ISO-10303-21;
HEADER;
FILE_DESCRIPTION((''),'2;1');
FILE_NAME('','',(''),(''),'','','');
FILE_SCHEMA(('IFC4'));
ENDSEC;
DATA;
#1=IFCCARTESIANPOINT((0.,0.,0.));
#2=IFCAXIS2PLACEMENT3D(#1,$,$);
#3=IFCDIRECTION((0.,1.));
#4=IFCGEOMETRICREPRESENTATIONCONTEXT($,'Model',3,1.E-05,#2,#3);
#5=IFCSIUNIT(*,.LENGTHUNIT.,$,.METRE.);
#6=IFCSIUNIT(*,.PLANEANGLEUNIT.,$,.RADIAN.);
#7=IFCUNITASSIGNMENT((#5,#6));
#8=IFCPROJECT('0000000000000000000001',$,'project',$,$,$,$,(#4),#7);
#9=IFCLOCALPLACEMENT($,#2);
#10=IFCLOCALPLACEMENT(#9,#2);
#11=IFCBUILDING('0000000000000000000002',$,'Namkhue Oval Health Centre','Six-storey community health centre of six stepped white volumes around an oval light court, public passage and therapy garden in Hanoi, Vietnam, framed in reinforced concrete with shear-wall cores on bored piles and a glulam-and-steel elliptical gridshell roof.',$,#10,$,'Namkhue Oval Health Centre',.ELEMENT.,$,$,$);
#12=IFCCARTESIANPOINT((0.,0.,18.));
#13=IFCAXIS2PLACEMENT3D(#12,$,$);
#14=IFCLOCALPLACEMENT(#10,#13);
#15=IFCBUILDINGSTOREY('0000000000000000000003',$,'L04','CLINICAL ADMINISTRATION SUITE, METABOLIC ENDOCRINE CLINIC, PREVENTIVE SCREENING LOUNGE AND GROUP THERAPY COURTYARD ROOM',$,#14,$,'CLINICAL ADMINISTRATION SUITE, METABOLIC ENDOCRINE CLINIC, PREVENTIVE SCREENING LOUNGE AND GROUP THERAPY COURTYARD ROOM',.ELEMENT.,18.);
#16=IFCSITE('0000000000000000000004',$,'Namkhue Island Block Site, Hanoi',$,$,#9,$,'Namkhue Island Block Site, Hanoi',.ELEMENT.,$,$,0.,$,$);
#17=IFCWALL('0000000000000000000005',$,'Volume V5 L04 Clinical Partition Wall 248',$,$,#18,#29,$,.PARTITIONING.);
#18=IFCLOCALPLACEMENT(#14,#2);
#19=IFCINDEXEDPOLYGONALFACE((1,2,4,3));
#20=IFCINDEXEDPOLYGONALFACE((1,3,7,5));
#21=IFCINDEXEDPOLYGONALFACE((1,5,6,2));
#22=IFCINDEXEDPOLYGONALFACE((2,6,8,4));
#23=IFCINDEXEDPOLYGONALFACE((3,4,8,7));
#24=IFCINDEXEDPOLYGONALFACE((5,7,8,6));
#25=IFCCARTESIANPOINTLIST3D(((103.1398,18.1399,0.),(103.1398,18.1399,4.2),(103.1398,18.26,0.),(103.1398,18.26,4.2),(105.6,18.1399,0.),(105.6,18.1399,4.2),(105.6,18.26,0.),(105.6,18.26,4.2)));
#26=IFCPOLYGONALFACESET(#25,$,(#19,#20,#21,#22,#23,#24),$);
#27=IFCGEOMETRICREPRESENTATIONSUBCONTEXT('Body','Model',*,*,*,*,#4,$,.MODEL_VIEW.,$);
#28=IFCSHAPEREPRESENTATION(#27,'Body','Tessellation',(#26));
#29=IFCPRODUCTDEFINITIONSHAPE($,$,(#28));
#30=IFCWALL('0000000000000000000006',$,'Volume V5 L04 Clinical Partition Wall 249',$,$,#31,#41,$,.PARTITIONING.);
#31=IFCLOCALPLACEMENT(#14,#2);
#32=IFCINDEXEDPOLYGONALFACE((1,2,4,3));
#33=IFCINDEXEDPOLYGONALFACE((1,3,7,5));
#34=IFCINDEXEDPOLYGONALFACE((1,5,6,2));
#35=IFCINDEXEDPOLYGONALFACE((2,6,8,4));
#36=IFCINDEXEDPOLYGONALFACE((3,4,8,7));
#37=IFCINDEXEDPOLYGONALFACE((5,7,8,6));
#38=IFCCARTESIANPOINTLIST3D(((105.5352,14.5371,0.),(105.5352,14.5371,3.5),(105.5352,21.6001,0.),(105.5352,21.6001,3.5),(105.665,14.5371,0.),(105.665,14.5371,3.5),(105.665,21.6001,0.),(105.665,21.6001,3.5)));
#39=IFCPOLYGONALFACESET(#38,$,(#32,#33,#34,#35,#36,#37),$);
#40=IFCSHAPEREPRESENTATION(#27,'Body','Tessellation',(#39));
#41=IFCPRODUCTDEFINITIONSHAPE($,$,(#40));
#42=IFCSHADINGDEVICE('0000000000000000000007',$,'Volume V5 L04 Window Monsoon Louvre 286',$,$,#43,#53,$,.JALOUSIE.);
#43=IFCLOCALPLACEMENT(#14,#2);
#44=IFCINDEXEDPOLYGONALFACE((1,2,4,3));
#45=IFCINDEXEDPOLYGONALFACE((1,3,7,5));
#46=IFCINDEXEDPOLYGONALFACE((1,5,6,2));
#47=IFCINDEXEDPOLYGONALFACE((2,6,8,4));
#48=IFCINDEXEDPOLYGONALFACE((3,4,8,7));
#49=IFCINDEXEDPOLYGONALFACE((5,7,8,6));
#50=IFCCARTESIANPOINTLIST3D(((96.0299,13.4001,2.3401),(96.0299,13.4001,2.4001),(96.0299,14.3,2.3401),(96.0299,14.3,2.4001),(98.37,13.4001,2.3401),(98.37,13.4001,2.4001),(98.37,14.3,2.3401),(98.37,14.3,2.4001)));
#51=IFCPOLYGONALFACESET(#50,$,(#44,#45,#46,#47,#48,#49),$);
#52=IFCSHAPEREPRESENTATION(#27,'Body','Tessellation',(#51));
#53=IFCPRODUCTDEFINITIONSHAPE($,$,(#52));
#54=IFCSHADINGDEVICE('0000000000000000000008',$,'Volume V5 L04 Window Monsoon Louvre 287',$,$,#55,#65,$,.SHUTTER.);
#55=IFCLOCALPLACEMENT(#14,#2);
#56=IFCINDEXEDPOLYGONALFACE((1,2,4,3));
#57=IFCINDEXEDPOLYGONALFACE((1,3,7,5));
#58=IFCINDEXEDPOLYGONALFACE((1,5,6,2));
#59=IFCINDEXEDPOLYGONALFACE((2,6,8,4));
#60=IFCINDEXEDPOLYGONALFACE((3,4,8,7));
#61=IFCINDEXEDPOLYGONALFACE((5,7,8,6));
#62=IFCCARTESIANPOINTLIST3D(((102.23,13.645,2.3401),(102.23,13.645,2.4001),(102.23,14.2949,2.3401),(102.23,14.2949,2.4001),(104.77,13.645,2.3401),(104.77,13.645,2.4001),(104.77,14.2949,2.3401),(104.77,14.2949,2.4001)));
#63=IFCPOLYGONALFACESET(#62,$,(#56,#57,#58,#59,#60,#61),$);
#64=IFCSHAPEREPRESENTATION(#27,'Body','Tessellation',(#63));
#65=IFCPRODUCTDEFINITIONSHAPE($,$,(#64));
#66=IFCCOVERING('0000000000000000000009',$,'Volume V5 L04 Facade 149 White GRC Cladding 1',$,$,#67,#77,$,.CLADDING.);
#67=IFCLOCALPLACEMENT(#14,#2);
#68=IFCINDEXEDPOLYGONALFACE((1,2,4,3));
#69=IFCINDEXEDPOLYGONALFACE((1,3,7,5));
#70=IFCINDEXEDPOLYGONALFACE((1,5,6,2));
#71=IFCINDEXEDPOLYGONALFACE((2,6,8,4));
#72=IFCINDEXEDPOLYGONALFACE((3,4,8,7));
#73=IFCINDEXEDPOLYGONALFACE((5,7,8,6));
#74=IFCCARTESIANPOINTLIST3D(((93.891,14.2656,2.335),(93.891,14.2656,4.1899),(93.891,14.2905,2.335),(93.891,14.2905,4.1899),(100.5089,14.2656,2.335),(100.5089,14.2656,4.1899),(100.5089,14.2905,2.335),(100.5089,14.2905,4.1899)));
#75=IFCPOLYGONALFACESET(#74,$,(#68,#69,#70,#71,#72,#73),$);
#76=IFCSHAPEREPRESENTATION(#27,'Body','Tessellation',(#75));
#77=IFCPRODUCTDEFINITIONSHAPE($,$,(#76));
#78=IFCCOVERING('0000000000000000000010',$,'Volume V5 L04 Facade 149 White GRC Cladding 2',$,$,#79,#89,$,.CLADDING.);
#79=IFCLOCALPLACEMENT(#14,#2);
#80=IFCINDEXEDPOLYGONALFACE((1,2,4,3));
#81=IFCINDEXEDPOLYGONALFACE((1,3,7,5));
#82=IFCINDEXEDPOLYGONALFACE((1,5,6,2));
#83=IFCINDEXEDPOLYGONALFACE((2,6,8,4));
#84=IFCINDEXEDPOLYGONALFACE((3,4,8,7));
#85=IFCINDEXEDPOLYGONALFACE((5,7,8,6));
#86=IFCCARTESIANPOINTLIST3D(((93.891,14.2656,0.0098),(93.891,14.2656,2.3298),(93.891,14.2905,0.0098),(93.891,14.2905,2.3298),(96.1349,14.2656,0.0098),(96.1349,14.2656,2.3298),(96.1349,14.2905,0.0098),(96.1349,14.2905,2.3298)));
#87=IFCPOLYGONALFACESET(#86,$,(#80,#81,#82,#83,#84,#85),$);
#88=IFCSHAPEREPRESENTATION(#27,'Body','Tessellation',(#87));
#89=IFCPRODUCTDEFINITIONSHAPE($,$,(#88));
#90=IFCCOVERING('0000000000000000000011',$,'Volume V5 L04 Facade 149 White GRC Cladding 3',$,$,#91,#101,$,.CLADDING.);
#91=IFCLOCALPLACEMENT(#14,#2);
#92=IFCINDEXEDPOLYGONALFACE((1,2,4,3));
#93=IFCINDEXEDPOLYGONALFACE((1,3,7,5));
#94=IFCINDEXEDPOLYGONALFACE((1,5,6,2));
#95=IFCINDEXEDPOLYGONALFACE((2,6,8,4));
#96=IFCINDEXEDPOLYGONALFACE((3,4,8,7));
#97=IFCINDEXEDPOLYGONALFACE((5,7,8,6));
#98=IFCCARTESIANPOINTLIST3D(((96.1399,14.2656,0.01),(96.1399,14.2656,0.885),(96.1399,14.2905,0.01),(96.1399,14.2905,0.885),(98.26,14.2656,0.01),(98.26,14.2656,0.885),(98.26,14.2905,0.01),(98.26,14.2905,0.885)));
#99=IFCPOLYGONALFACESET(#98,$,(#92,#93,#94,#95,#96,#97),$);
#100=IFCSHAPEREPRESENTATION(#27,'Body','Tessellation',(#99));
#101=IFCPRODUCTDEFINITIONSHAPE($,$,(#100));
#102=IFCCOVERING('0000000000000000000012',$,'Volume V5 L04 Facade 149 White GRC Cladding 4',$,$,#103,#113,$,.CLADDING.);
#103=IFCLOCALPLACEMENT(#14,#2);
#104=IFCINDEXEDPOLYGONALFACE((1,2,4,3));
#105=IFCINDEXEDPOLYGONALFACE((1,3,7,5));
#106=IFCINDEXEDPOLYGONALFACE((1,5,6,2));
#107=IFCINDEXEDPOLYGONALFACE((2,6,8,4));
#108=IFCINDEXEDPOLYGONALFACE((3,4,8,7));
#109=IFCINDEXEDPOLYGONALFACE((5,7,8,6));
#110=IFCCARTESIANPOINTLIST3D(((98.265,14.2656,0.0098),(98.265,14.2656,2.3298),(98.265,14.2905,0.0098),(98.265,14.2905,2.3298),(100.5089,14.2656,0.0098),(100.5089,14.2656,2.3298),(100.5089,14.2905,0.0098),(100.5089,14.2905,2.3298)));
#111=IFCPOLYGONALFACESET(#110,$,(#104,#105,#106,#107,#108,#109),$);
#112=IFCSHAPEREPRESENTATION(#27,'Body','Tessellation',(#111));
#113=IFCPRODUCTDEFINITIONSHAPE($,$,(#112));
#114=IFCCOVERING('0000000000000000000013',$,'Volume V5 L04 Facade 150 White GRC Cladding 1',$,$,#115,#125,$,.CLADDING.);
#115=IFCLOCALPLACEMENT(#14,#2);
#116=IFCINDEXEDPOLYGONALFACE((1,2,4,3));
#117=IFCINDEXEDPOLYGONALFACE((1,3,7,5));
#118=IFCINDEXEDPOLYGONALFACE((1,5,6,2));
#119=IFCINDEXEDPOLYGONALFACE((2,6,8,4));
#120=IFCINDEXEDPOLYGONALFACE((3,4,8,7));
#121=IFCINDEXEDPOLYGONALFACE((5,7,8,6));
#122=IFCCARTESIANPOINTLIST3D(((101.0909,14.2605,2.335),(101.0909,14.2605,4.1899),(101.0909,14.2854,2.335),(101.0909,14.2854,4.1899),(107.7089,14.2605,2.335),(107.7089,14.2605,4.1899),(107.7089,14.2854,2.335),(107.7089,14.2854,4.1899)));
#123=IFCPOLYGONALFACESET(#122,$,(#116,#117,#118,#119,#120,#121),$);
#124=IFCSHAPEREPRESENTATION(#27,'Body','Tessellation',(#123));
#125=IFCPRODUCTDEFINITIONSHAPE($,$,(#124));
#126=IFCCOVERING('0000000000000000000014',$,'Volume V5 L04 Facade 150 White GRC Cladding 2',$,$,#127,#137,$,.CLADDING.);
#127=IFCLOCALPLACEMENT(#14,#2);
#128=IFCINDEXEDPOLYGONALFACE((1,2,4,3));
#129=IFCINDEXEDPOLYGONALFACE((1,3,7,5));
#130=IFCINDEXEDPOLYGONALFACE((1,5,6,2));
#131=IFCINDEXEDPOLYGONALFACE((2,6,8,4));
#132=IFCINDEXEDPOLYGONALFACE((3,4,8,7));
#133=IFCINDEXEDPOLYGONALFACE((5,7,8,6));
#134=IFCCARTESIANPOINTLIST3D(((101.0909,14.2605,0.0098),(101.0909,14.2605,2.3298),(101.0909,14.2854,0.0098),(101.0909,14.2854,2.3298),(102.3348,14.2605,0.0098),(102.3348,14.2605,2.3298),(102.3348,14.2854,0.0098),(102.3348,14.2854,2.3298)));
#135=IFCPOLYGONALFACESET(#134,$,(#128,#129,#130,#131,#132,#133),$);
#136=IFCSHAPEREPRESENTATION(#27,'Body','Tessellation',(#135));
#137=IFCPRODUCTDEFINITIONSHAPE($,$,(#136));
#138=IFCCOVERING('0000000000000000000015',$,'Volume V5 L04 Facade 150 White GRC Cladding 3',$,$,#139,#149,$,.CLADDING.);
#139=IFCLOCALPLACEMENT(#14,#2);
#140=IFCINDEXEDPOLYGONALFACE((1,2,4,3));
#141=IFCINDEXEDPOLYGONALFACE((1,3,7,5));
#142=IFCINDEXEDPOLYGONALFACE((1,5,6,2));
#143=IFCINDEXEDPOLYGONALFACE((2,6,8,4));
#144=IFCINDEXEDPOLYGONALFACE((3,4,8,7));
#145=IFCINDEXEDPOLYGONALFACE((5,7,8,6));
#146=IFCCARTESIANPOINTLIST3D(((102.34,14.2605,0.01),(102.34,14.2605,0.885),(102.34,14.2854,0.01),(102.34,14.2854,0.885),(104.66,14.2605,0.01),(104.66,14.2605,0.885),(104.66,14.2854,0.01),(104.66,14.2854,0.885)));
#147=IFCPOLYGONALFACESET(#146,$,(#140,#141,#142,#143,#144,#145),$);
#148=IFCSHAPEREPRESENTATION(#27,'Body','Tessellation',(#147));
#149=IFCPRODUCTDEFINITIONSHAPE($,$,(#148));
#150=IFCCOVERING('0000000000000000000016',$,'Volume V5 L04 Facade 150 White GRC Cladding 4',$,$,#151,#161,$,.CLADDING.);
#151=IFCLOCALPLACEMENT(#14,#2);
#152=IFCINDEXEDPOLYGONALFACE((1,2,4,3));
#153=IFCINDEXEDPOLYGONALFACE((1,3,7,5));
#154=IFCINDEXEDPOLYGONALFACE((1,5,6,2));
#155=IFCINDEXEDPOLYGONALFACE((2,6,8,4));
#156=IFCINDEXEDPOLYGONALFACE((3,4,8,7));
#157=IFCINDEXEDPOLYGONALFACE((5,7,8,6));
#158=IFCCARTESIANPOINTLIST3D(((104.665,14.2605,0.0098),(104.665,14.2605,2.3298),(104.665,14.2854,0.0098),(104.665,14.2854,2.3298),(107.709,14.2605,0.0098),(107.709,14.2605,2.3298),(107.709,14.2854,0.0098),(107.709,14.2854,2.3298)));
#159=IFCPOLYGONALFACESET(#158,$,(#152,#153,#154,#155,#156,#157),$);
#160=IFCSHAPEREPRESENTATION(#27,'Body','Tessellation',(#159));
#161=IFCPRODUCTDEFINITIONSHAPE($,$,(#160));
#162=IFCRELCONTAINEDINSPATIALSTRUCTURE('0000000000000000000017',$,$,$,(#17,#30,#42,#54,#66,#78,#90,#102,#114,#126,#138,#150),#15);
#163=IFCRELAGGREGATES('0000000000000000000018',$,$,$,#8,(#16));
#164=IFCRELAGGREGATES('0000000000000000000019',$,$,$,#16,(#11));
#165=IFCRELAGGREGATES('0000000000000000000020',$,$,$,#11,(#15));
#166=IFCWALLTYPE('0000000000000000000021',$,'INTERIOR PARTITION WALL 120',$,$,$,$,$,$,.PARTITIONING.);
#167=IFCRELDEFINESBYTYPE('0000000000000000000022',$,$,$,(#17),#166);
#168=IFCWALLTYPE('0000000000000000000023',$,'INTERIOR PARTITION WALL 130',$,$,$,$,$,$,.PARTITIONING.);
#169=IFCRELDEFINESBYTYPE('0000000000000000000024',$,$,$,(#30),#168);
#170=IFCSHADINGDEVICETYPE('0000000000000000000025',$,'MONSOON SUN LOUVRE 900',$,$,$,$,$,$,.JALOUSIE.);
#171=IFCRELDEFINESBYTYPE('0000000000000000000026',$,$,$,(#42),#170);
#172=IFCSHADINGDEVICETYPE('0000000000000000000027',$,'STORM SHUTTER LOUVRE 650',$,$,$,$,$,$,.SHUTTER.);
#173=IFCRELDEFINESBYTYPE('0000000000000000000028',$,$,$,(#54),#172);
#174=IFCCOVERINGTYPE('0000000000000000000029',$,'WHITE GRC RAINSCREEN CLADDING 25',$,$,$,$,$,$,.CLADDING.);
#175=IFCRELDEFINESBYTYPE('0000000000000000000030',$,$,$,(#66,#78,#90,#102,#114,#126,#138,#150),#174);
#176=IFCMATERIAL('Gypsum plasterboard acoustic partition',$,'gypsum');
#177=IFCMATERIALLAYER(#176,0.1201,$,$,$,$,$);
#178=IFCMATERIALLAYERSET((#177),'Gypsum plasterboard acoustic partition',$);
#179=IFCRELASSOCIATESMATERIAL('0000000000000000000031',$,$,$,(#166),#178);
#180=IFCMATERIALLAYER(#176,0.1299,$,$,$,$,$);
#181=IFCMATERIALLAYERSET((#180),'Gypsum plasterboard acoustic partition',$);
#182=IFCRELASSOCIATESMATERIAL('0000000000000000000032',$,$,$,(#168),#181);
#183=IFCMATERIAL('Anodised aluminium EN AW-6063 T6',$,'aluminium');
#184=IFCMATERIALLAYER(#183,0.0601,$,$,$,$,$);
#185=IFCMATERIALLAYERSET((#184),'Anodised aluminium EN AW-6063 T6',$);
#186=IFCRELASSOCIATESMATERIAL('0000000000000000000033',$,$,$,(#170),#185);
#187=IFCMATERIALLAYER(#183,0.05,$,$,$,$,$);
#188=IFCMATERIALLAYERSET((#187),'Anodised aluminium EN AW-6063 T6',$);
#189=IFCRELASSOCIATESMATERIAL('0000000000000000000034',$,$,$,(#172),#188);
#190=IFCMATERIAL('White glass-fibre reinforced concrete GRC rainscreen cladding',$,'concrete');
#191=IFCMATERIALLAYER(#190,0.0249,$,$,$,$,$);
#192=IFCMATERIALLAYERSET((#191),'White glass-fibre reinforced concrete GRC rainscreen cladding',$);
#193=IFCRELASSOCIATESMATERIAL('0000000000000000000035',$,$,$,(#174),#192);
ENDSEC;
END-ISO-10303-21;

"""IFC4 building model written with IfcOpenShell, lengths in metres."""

from ifc_helpers import new_model, si_unit, direction, frame, frame_2d, origin, origin_2d, place, context, subcontext, project, spatial, rectangle, extrude, material, layer, layer_set, type_object, element, save


model = new_model("IFC4")

# Units and contexts
model_context = context("Model", 3, precision=1e-05, world=origin(), true_north=direction((0.0, 1.0)))
body_context = subcontext(model_context, "Body", "Model", "MODEL_VIEW")
ifc_project = project(units=[si_unit("LENGTHUNIT", "METRE"), si_unit("PLANEANGLEUNIT", "RADIAN")], contexts=[model_context])

# Site, building, storey
site_placement = place(None, origin())
site = spatial("IfcSite", under=ifc_project, at=site_placement, Name="Namkhue Island Block Site, Hanoi", LongName="Namkhue Island Block Site, Hanoi", CompositionType="ELEMENT", RefElevation=0.0)
building_placement = place(site_placement, origin())
building = spatial("IfcBuilding", under=site, at=building_placement, Name="Namkhue Oval Health Centre", Description="Six-storey community health centre of six stepped white volumes around an oval light court, public passage and therapy garden in Hanoi, Vietnam, framed in reinforced concrete with shear-wall cores on bored piles and a glulam-and-steel elliptical gridshell roof.", LongName="Namkhue Oval Health Centre", CompositionType="ELEMENT")
storey_placement = place(building_placement, frame((0.0, 0.0, 18.0)))
storey = spatial("IfcBuildingStorey", under=building, at=storey_placement, Name="L04", Description="CLINICAL ADMINISTRATION SUITE, METABOLIC ENDOCRINE CLINIC, PREVENTIVE SCREENING LOUNGE AND GROUP THERAPY COURTYARD ROOM", LongName="CLINICAL ADMINISTRATION SUITE, METABOLIC ENDOCRINE CLINIC, PREVENTIVE SCREENING LOUNGE AND GROUP THERAPY COURTYARD ROOM", CompositionType="ELEMENT", Elevation=18.0)

# Walls
ifc_material_1 = material(Name="Gypsum plasterboard acoustic partition", Category="gypsum")
ifc_layer_1 = layer(ifc_material_1, 0.1201)
ifc_layer_set_1 = layer_set([ifc_layer_1], Name="Gypsum plasterboard acoustic partition")
wall_type_1 = type_object("IfcWallType", Name="INTERIOR PARTITION WALL 120", PredefinedType="PARTITIONING", material=ifc_layer_set_1)
wall_1_placement = place(storey_placement, frame((103.1399, 18.2, 0.0), z_axis=(0.0, 0.0, 1.0), x_axis=(1.0, 0.0, 0.0)))
element("IfcWall", 1, at=wall_1_placement, inside=storey, type_object=wall_type_1, Name="Volume V5 L04 Clinical Partition Wall 248", PredefinedType="PARTITIONING", context=body_context, shape_type="SweptSolid", body=[
    extrude(rectangle(XDim=2.4602, YDim=0.1201, at=frame_2d((1.23, 0.0))), origin(), (0.0, 0.0, 1.0), 4.2),
])
ifc_layer_2 = layer(ifc_material_1, 0.1299)
ifc_layer_set_2 = layer_set([ifc_layer_2], Name="Gypsum plasterboard acoustic partition")
wall_type_2 = type_object("IfcWallType", Name="INTERIOR PARTITION WALL 130", PredefinedType="PARTITIONING", material=ifc_layer_set_2)
wall_2_placement = place(storey_placement, frame((105.6001, 14.5371, 0.0), z_axis=(0.0, 0.0, 1.0), x_axis=(0.0, 1.0, 0.0)))
element("IfcWall", 2, at=wall_2_placement, inside=storey, type_object=wall_type_2, Name="Volume V5 L04 Clinical Partition Wall 249", PredefinedType="PARTITIONING", context=body_context, shape_type="SweptSolid", body=[
    extrude(rectangle(XDim=7.063, YDim=0.1299, at=frame_2d((3.5315, 0.0))), origin(), (0.0, 0.0, 1.0), 3.5),
])

# Shading devices
ifc_material_2 = material(Name="Anodised aluminium EN AW-6063 T6", Category="aluminium")
ifc_layer_3 = layer(ifc_material_2, 0.0601)
ifc_layer_set_3 = layer_set([ifc_layer_3], Name="Anodised aluminium EN AW-6063 T6")
shading_device_type_1 = type_object("IfcShadingDeviceType", Name="MONSOON SUN LOUVRE 900", PredefinedType="JALOUSIE", material=ifc_layer_set_3)
shading_device_1_placement = place(storey_placement, frame((97.2, 13.8501, 2.3401), z_axis=(0.0, 0.0, 1.0), x_axis=(1.0, 0.0, 0.0)))
element("IfcShadingDevice", 3, at=shading_device_1_placement, inside=storey, type_object=shading_device_type_1, Name="Volume V5 L04 Window Monsoon Louvre 286", PredefinedType="JALOUSIE", context=body_context, shape_type="SweptSolid", body=[
    extrude(rectangle(XDim=2.3401, YDim=0.8999, at=origin_2d()), origin(), (0.0, 0.0, 1.0), 0.0601),
])
ifc_layer_4 = layer(ifc_material_2, 0.05)
ifc_layer_set_4 = layer_set([ifc_layer_4], Name="Anodised aluminium EN AW-6063 T6")
shading_device_type_2 = type_object("IfcShadingDeviceType", Name="STORM SHUTTER LOUVRE 650", PredefinedType="SHUTTER", material=ifc_layer_set_4)
shading_device_2_placement = place(storey_placement, frame((103.5, 13.97, 2.3401), z_axis=(0.0, 0.0, 1.0), x_axis=(1.0, 0.0, 0.0)))
element("IfcShadingDevice", 4, at=shading_device_2_placement, inside=storey, type_object=shading_device_type_2, Name="Volume V5 L04 Window Monsoon Louvre 287", PredefinedType="SHUTTER", context=body_context, shape_type="SweptSolid", body=[
    extrude(rectangle(XDim=2.54, YDim=0.6499, at=origin_2d()), origin(), (0.0, 0.0, 1.0), 0.0601),
])

# Coverings
ifc_material_3 = material(Name="White glass-fibre reinforced concrete GRC rainscreen cladding", Category="concrete")
ifc_layer_5 = layer(ifc_material_3, 0.0249)
ifc_layer_set_5 = layer_set([ifc_layer_5], Name="White glass-fibre reinforced concrete GRC rainscreen cladding")
covering_type = type_object("IfcCoveringType", Name="WHITE GRC RAINSCREEN CLADDING 25", PredefinedType="CLADDING", material=ifc_layer_set_5)
covering_1_placement = place(storey_placement, frame((97.2, 14.2781, 2.335), z_axis=(0.0, 0.0, 1.0), x_axis=(1.0, 0.0, 0.0)))
element("IfcCovering", 5, at=covering_1_placement, inside=storey, type_object=covering_type, Name="Volume V5 L04 Facade 149 White GRC Cladding 1", PredefinedType="CLADDING", context=body_context, shape_type="SweptSolid", body=[
    extrude(rectangle(XDim=6.6179, YDim=0.0249, at=origin_2d()), origin(), (0.0, 0.0, 1.0), 1.855),
])
covering_2_placement = place(storey_placement, frame((95.0129, 14.2781, 0.0098), z_axis=(0.0, 0.0, 1.0), x_axis=(1.0, 0.0, 0.0)))
element("IfcCovering", 6, at=covering_2_placement, inside=storey, type_object=covering_type, Name="Volume V5 L04 Facade 149 White GRC Cladding 2", PredefinedType="CLADDING", context=body_context, shape_type="SweptSolid", body=[
    extrude(rectangle(XDim=2.2439, YDim=0.0249, at=origin_2d()), origin(), (0.0, 0.0, 1.0), 2.3201),
])
covering_3_placement = place(storey_placement, frame((97.2, 14.2781, 0.01), z_axis=(0.0, 0.0, 1.0), x_axis=(1.0, 0.0, 0.0)))
element("IfcCovering", 7, at=covering_3_placement, inside=storey, type_object=covering_type, Name="Volume V5 L04 Facade 149 White GRC Cladding 3", PredefinedType="CLADDING", context=body_context, shape_type="SweptSolid", body=[
    extrude(rectangle(XDim=2.1201, YDim=0.0249, at=origin_2d()), origin(), (0.0, 0.0, 1.0), 0.875),
])
covering_4_placement = place(storey_placement, frame((99.387, 14.2781, 0.0098), z_axis=(0.0, 0.0, 1.0), x_axis=(1.0, 0.0, 0.0)))
element("IfcCovering", 8, at=covering_4_placement, inside=storey, type_object=covering_type, Name="Volume V5 L04 Facade 149 White GRC Cladding 4", PredefinedType="CLADDING", context=body_context, shape_type="SweptSolid", body=[
    extrude(rectangle(XDim=2.2439, YDim=0.0249, at=origin_2d()), origin(), (0.0, 0.0, 1.0), 2.3201),
])
covering_5_placement = place(storey_placement, frame((104.3999, 14.2729, 2.335), z_axis=(0.0, 0.0, 1.0), x_axis=(1.0, 0.0, 0.0)))
element("IfcCovering", 9, at=covering_5_placement, inside=storey, type_object=covering_type, Name="Volume V5 L04 Facade 150 White GRC Cladding 1", PredefinedType="CLADDING", context=body_context, shape_type="SweptSolid", body=[
    extrude(rectangle(XDim=6.6179, YDim=0.0249, at=origin_2d()), origin(), (0.0, 0.0, 1.0), 1.855),
])
covering_6_placement = place(storey_placement, frame((101.7129, 14.2729, 0.0098), z_axis=(0.0, 0.0, 1.0), x_axis=(1.0, 0.0, 0.0)))
element("IfcCovering", 10, at=covering_6_placement, inside=storey, type_object=covering_type, Name="Volume V5 L04 Facade 150 White GRC Cladding 2", PredefinedType="CLADDING", context=body_context, shape_type="SweptSolid", body=[
    extrude(rectangle(XDim=1.2439, YDim=0.0249, at=origin_2d()), origin(), (0.0, 0.0, 1.0), 2.3201),
])
covering_7_placement = place(storey_placement, frame((103.5, 14.2729, 0.01), z_axis=(0.0, 0.0, 1.0), x_axis=(1.0, 0.0, 0.0)))
element("IfcCovering", 11, at=covering_7_placement, inside=storey, type_object=covering_type, Name="Volume V5 L04 Facade 150 White GRC Cladding 3", PredefinedType="CLADDING", context=body_context, shape_type="SweptSolid", body=[
    extrude(rectangle(XDim=2.3201, YDim=0.0249, at=origin_2d()), origin(), (0.0, 0.0, 1.0), 0.875),
])
covering_8_placement = place(storey_placement, frame((106.187, 14.2729, 0.0098), z_axis=(0.0, 0.0, 1.0), x_axis=(1.0, 0.0, 0.0)))
element("IfcCovering", 12, at=covering_8_placement, inside=storey, type_object=covering_type, Name="Volume V5 L04 Facade 150 White GRC Cladding 4", PredefinedType="CLADDING", context=body_context, shape_type="SweptSolid", body=[
    extrude(rectangle(XDim=3.0439, YDim=0.0249, at=origin_2d()), origin(), (0.0, 0.0, 1.0), 2.3201),
])

save(model, "model.ifc")
